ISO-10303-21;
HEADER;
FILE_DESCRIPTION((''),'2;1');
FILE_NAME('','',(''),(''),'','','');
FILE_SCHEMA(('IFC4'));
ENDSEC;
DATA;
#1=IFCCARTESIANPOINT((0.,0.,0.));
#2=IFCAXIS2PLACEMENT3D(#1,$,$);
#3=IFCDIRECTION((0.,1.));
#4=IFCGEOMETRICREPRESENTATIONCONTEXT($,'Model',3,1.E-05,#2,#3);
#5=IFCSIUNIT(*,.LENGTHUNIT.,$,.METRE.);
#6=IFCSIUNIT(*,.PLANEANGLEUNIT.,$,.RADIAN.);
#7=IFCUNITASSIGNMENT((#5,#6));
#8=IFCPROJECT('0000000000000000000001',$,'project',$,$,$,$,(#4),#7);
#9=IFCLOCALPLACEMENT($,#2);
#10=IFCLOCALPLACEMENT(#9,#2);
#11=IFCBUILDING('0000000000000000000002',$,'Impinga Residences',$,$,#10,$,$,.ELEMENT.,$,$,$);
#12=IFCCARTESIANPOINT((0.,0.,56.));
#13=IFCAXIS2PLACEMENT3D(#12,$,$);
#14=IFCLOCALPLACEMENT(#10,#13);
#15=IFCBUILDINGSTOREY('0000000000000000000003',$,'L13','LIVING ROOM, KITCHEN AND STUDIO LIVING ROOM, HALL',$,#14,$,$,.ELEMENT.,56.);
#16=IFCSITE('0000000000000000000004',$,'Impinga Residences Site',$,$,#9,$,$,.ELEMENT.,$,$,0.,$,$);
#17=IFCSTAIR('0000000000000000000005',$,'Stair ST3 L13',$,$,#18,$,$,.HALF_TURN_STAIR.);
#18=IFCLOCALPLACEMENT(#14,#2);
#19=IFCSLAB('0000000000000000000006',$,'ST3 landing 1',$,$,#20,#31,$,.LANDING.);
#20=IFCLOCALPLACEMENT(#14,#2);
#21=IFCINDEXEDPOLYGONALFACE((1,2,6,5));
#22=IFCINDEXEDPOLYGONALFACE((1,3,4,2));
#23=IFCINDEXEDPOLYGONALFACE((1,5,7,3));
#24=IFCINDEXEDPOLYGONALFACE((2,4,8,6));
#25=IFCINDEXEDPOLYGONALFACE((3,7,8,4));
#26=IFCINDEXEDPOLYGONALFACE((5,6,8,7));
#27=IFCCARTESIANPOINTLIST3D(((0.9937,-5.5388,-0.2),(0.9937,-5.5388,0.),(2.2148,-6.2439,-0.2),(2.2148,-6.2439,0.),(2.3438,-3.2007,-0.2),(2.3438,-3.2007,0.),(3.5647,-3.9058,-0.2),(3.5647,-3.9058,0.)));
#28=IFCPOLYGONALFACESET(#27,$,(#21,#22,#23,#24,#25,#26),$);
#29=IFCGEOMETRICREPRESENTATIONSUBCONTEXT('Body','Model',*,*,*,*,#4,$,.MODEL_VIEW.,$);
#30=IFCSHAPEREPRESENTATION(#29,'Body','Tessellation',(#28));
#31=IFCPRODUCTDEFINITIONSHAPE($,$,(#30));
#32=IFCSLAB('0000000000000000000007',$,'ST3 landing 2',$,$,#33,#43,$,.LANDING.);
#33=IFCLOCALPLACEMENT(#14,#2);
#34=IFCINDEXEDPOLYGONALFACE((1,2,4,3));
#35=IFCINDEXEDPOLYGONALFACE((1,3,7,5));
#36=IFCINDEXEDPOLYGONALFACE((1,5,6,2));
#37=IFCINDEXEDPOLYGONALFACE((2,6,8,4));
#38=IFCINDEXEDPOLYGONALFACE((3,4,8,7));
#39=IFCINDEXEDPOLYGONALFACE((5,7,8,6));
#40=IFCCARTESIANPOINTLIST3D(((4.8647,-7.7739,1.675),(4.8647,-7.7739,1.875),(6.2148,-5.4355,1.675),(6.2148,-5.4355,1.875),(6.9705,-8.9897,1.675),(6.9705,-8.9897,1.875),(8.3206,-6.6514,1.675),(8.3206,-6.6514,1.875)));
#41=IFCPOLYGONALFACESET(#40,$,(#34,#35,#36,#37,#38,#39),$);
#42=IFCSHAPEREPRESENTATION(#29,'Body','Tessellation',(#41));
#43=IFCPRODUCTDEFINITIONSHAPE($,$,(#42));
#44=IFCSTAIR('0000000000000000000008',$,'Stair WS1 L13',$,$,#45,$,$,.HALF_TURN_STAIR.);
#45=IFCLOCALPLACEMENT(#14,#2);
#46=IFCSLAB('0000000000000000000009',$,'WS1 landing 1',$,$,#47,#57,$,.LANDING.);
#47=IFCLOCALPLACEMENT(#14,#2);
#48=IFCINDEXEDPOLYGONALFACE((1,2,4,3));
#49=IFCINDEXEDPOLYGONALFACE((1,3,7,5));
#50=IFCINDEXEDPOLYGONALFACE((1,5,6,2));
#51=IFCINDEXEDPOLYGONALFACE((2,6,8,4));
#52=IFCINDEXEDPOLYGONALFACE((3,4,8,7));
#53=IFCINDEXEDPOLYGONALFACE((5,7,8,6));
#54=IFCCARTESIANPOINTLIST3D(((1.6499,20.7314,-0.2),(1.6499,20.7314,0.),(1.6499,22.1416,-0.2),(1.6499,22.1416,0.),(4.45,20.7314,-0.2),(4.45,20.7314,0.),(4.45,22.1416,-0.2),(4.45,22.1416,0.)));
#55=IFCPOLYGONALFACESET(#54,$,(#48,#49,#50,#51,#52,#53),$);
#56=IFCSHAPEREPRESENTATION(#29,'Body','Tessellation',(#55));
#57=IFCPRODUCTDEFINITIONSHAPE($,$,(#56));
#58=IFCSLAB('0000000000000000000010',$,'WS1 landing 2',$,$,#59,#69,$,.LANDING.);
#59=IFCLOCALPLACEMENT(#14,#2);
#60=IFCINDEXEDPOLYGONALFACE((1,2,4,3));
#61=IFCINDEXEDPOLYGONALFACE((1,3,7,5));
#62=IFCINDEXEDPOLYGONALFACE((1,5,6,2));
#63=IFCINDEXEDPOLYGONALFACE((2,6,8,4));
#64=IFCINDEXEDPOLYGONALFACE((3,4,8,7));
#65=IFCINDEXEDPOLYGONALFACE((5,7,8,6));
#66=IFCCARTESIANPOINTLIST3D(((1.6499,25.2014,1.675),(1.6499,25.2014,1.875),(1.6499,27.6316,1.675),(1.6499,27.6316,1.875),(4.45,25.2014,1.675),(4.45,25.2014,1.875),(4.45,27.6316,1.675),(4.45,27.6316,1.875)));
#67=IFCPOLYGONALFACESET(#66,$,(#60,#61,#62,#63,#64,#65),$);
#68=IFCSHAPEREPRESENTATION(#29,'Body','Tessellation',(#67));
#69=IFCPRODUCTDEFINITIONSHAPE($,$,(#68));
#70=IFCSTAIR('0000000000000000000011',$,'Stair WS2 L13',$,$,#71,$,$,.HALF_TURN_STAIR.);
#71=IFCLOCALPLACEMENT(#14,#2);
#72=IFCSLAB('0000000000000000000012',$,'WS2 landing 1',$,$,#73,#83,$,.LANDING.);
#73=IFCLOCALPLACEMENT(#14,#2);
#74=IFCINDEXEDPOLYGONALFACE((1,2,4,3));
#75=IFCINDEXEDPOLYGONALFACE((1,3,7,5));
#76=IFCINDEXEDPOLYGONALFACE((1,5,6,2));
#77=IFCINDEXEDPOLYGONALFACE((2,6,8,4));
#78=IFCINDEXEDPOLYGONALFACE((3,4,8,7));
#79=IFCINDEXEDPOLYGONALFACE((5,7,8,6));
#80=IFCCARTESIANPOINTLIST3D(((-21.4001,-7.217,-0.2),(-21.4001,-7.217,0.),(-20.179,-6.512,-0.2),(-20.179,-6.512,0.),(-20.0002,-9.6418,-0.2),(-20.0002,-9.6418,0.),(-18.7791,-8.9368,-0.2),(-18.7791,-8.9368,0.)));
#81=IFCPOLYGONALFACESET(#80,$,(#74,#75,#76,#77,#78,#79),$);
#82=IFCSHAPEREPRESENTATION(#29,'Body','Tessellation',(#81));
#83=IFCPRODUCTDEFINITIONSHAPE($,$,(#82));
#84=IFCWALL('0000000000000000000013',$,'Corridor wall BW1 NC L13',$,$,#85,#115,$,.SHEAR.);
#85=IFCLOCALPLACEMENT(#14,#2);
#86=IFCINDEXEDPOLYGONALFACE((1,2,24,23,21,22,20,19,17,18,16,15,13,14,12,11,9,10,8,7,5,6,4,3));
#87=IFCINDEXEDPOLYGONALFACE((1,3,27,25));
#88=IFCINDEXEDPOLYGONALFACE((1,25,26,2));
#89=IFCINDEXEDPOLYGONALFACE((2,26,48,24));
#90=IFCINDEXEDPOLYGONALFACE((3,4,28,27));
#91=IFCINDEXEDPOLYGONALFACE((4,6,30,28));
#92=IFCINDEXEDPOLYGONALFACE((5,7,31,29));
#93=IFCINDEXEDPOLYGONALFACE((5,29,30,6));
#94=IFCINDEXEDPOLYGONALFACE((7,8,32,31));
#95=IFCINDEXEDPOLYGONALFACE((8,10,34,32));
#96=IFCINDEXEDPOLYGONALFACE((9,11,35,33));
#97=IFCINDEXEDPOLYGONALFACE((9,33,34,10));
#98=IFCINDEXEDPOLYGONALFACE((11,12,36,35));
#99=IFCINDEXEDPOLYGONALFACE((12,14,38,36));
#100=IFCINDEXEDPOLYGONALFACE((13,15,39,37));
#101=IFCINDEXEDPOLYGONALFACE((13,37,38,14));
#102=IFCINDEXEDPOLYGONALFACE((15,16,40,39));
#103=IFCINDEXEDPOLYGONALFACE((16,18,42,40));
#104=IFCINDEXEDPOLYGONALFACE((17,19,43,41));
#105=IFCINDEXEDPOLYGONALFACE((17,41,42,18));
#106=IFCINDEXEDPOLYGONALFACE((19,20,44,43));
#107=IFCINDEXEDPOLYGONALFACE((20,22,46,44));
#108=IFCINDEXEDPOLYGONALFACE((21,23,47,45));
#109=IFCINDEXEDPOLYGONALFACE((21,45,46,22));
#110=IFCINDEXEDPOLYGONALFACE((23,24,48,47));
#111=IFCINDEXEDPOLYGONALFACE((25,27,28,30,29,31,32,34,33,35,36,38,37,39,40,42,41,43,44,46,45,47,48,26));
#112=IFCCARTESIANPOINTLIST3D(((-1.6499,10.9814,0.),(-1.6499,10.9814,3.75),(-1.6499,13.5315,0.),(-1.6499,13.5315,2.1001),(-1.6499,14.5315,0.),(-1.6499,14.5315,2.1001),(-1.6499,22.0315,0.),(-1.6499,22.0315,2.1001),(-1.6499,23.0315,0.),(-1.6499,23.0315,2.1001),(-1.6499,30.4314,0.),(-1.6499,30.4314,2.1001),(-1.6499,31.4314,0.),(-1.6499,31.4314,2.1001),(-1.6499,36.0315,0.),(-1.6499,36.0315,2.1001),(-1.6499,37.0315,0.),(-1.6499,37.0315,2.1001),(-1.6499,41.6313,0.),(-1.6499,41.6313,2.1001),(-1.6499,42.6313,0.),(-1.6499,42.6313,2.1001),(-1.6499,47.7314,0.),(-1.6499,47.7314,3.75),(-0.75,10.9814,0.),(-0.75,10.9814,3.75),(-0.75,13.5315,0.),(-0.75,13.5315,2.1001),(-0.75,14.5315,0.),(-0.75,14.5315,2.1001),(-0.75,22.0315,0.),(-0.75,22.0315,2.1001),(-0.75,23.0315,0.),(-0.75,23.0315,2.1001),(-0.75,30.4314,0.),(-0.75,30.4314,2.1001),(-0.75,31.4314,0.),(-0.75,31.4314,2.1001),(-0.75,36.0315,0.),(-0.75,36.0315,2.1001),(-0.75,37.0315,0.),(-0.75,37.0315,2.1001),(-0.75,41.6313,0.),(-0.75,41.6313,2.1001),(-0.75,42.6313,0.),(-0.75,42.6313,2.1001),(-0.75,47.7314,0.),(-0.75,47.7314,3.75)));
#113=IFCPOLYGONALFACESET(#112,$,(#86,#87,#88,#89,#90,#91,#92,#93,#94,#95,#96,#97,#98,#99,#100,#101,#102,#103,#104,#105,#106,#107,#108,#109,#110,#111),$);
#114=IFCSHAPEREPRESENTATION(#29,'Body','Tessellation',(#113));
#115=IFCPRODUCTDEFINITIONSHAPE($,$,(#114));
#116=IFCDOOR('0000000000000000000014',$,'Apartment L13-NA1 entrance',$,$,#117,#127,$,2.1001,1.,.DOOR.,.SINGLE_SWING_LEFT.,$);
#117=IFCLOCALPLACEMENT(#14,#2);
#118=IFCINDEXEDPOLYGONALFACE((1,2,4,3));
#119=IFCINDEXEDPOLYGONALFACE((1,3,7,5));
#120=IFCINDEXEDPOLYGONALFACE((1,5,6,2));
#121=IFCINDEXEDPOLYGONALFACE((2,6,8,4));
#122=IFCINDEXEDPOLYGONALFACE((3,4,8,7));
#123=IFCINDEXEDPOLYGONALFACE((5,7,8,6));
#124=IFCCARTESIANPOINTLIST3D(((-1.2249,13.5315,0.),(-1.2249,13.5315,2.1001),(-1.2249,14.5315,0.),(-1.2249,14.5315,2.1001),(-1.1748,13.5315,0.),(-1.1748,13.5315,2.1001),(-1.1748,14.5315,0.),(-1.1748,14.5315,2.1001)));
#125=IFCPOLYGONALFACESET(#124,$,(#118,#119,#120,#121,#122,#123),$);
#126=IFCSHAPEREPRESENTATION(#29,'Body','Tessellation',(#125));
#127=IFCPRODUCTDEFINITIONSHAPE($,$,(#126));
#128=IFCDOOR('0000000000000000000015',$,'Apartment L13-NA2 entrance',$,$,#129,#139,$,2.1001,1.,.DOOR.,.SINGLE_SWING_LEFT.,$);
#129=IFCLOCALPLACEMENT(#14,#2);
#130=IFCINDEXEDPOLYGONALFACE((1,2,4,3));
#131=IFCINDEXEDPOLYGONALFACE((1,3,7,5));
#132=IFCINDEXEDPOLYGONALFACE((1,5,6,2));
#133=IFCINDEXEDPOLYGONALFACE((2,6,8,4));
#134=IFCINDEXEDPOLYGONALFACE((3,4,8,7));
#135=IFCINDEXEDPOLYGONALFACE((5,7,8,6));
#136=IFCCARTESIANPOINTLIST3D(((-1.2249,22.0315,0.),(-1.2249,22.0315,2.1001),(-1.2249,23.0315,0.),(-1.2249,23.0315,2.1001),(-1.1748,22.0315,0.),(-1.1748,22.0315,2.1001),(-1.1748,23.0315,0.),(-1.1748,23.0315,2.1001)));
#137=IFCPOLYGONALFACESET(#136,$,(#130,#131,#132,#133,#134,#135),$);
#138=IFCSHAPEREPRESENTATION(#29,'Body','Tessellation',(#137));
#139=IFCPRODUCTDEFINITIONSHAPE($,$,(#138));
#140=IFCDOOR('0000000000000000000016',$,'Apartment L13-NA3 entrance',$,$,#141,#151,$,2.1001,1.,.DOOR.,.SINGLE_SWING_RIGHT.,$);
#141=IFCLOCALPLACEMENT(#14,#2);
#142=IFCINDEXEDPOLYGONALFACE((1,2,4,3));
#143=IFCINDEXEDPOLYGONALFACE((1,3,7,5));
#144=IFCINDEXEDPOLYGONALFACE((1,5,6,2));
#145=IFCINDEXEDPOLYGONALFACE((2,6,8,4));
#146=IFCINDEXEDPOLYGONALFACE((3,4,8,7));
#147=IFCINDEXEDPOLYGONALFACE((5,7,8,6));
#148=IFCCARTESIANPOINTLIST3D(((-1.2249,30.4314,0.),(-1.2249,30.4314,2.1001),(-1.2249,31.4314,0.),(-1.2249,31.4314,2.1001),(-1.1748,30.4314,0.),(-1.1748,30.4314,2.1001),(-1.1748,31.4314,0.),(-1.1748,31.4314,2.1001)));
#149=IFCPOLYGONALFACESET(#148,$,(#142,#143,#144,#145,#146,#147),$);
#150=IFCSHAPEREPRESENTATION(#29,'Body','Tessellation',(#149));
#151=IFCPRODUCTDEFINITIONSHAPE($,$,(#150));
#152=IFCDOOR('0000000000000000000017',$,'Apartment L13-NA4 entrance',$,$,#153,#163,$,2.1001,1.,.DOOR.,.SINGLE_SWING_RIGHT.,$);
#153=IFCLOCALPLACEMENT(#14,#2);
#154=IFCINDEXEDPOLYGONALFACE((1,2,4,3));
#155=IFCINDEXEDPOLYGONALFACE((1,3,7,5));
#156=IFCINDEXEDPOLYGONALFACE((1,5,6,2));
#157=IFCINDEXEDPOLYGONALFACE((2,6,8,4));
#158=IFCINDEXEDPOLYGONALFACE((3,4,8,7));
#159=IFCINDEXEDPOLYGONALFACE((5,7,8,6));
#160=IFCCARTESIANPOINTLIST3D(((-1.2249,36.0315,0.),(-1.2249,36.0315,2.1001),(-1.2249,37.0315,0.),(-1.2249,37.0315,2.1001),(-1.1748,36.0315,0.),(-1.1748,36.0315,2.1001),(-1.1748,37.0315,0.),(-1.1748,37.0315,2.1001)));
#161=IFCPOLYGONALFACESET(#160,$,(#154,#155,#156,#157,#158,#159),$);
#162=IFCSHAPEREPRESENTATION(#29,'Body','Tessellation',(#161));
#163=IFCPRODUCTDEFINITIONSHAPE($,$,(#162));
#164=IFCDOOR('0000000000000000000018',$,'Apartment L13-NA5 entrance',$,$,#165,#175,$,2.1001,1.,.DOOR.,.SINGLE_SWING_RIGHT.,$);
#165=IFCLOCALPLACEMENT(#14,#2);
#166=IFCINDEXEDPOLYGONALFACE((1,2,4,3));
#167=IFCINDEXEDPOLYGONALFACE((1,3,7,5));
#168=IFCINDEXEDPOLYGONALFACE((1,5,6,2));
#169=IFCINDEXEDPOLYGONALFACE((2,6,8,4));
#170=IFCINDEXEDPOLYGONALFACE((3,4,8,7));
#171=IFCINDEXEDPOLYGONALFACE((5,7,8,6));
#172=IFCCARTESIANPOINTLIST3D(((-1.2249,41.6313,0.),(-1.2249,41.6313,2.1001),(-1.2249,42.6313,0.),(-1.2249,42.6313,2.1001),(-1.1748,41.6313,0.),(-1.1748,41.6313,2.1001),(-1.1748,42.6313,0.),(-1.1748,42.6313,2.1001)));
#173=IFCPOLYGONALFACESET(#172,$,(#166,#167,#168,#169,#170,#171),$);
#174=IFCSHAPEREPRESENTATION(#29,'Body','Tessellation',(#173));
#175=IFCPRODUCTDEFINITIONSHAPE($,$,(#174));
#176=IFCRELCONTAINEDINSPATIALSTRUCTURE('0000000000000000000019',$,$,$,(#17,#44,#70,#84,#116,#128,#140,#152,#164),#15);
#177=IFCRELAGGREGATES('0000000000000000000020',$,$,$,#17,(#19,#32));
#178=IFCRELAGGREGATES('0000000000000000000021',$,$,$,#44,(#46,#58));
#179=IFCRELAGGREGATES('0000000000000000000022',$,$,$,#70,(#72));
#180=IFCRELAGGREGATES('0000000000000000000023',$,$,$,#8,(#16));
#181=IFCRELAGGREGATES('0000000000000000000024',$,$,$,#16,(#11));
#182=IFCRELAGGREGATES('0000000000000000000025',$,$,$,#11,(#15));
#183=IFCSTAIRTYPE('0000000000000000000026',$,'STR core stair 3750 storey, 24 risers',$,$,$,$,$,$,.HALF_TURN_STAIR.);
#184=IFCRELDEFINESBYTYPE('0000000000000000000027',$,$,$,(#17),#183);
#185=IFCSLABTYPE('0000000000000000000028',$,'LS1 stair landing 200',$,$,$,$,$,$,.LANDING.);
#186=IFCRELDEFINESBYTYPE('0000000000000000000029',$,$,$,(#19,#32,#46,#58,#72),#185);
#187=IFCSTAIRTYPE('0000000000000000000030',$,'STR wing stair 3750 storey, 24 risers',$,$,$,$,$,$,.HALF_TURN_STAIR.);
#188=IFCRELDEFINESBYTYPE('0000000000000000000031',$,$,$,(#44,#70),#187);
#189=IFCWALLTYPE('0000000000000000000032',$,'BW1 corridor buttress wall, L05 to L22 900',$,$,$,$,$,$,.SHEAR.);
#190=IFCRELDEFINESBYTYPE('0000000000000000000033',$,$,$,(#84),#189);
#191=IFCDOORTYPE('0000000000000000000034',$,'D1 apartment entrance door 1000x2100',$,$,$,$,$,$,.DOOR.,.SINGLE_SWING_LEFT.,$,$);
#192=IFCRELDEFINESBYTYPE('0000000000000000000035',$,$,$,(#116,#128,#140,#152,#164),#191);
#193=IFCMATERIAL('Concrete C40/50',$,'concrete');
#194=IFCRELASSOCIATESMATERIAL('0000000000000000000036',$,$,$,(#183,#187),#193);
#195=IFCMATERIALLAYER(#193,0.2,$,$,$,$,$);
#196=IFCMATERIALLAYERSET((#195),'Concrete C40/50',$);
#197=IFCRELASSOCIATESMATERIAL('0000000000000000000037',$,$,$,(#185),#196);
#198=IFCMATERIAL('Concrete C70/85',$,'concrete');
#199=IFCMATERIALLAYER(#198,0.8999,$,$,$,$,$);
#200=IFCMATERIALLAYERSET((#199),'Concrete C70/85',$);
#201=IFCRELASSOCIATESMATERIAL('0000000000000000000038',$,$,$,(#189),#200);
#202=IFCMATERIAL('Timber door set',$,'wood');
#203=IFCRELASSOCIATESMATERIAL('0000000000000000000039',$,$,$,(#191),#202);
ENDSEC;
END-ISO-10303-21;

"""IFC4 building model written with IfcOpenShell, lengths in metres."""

from ifc_helpers import new_model, si_unit, direction, frame, frame_2d, origin, place, context, subcontext, project, spatial, polyline, rectangle, outline, extrude, material, layer, layer_set, type_object, element, fill, aggregate, save


model = new_model("IFC4")

# Units and contexts
model_context = context("Model", 3, precision=1e-05, world=origin(), true_north=direction((0.0, 1.0)))
body_context = subcontext(model_context, "Body", "Model", "MODEL_VIEW")
ifc_project = project(units=[si_unit("LENGTHUNIT", "METRE"), si_unit("PLANEANGLEUNIT", "RADIAN")], contexts=[model_context])

# Site, building, storey
site_placement = place(None, origin())
site = spatial("IfcSite", under=ifc_project, at=site_placement, Name="Impinga Residences Site", CompositionType="ELEMENT", RefElevation=0.0)
building_placement = place(site_placement, origin())
building = spatial("IfcBuilding", under=site, at=building_placement, Name="Impinga Residences", CompositionType="ELEMENT")
storey_placement = place(building_placement, frame((0.0, 0.0, 56.0)))
storey = spatial("IfcBuildingStorey", under=building, at=storey_placement, Name="L13", Description="LIVING ROOM, KITCHEN AND STUDIO LIVING ROOM, HALL", CompositionType="ELEMENT", Elevation=56.0)

# Stairs, slabs
ifc_material_1 = material(Name="Concrete C40/50", Category="concrete")
stair_type_1 = type_object("IfcStairType", Name="STR core stair 3750 storey, 24 risers", PredefinedType="HALF_TURN_STAIR", material=ifc_material_1)
stair_1_placement = place(storey_placement, origin())
stair_1 = element("IfcStair", 1, at=stair_1_placement, inside=storey, type_object=stair_type_1, Name="Stair ST3 L13", PredefinedType="HALF_TURN_STAIR")
ifc_layer_1 = layer(ifc_material_1, 0.2)
ifc_layer_set_1 = layer_set([ifc_layer_1], Name="Concrete C40/50")
slab_type = type_object("IfcSlabType", Name="LS1 stair landing 200", PredefinedType="LANDING", material=ifc_layer_set_1)
slab_1_placement = place(storey_placement, frame((0.0, 0.0, -0.2)))
slab_1 = element("IfcSlab", 2, at=slab_1_placement, type_object=slab_type, Name="ST3 landing 1", PredefinedType="LANDING", context=body_context, shape_type="SweptSolid", body=[
    extrude(outline(polyline([(2.3438, -3.2007), (0.9937, -5.5388), (2.2148, -6.2439), (3.5647, -3.9058), (2.3438, -3.2007)])), origin(), (0.0, 0.0, 1.0), 0.2),
])
slab_2_placement = place(storey_placement, frame((0.0, 0.0, 1.675)))
slab_2 = element("IfcSlab", 3, at=slab_2_placement, type_object=slab_type, Name="ST3 landing 2", PredefinedType="LANDING", context=body_context, shape_type="SweptSolid", body=[
    extrude(outline(polyline([(6.2148, -5.4355), (4.8647, -7.7739), (6.9705, -8.9897), (8.3206, -6.6514), (6.2148, -5.4355)])), origin(), (0.0, 0.0, 1.0), 0.2),
])
aggregate(stair_1, [slab_1, slab_2])
stair_type_2 = type_object("IfcStairType", Name="STR wing stair 3750 storey, 24 risers", PredefinedType="HALF_TURN_STAIR", material=ifc_material_1)
stair_2_placement = place(storey_placement, origin())
stair_2 = element("IfcStair", 4, at=stair_2_placement, inside=storey, type_object=stair_type_2, Name="Stair WS1 L13", PredefinedType="HALF_TURN_STAIR")
slab_3_placement = place(storey_placement, frame((0.0, 0.0, -0.2)))
slab_3 = element("IfcSlab", 5, at=slab_3_placement, type_object=slab_type, Name="WS1 landing 1", PredefinedType="LANDING", context=body_context, shape_type="SweptSolid", body=[
    extrude(outline(polyline([(1.6499, 20.7314), (4.45, 20.7314), (4.45, 22.1416), (1.6499, 22.1416), (1.6499, 20.7314)])), origin(), (0.0, 0.0, 1.0), 0.2),
])
slab_4_placement = place(storey_placement, frame((0.0, 0.0, 1.675)))
slab_4 = element("IfcSlab", 6, at=slab_4_placement, type_object=slab_type, Name="WS1 landing 2", PredefinedType="LANDING", context=body_context, shape_type="SweptSolid", body=[
    extrude(outline(polyline([(1.6499, 25.2014), (4.45, 25.2014), (4.45, 27.6316), (1.6499, 27.6316), (1.6499, 25.2014)])), origin(), (0.0, 0.0, 1.0), 0.2),
])
aggregate(stair_2, [slab_3, slab_4])

# Stair, slab
stair_3_placement = place(storey_placement, origin())
stair_3 = element("IfcStair", 7, at=stair_3_placement, inside=storey, type_object=stair_type_2, Name="Stair WS2 L13", PredefinedType="HALF_TURN_STAIR")
slab_5_placement = place(storey_placement, frame((0.0, 0.0, -0.2)))
slab_5 = element("IfcSlab", 8, at=slab_5_placement, type_object=slab_type, Name="WS2 landing 1", PredefinedType="LANDING", context=body_context, shape_type="SweptSolid", body=[
    extrude(outline(polyline([(-18.7791, -8.9368), (-20.179, -6.512), (-21.4001, -7.217), (-20.0002, -9.6418), (-18.7791, -8.9368)])), origin(), (0.0, 0.0, 1.0), 0.2),
])
aggregate(stair_3, [slab_5])

# Wall, openings, doors
ifc_material_2 = material(Name="Concrete C70/85", Category="concrete")
ifc_layer_2 = layer(ifc_material_2, 0.8999)
ifc_layer_set_2 = layer_set([ifc_layer_2], Name="Concrete C70/85")
wall_type_1 = type_object("IfcWallType", Name="BW1 corridor buttress wall, L05 to L22 900", PredefinedType="SHEAR", material=ifc_layer_set_2)
wall_1_placement = place(storey_placement, frame((-1.2, 10.9814, 0.0), z_axis=(0.0, 0.0, 1.0), x_axis=(0.0, 1.0, 0.0)))
wall_1 = element("IfcWall", 9, at=wall_1_placement, inside=storey, type_object=wall_type_1, Name="Corridor wall BW1 NC L13", PredefinedType="SHEAR", context=body_context, shape_type="SweptSolid", body=[
    extrude(rectangle(XDim=36.75, YDim=0.8999, at=frame_2d((18.375, 0.0))), origin(), (0.0, 0.0, 1.0), 3.75),
])
opening_1_placement = place(wall_1_placement, frame((2.55, 0.0, 0.0)))
opening_1 = element("IfcOpeningElement", 10, at=opening_1_placement, cuts=wall_1, PredefinedType="OPENING", context=body_context, shape_type="SweptSolid", body=[
    extrude(rectangle(XDim=1.0, YDim=2.1001, at=frame_2d((0.5, 1.05))), frame((0.0, 0.46, 0.0), z_axis=(0.0, -1.0, 0.0), x_axis=(1.0, 0.0, 0.0)), (0.0, 0.0, 1.0), 0.9199),
])
opening_2_placement = place(wall_1_placement, frame((11.05, 0.0, 0.0)))
opening_2 = element("IfcOpeningElement", 11, at=opening_2_placement, cuts=wall_1, PredefinedType="OPENING", context=body_context, shape_type="SweptSolid", body=[
    extrude(rectangle(XDim=1.0, YDim=2.1001, at=frame_2d((0.5, 1.05))), frame((0.0, 0.46, 0.0), z_axis=(0.0, -1.0, 0.0), x_axis=(1.0, 0.0, 0.0)), (0.0, 0.0, 1.0), 0.9199),
])
opening_3_placement = place(wall_1_placement, frame((19.45, 0.0, 0.0)))
opening_3 = element("IfcOpeningElement", 12, at=opening_3_placement, cuts=wall_1, PredefinedType="OPENING", context=body_context, shape_type="SweptSolid", body=[
    extrude(rectangle(XDim=1.0, YDim=2.1001, at=frame_2d((0.5, 1.05))), frame((0.0, 0.46, 0.0), z_axis=(0.0, -1.0, 0.0), x_axis=(1.0, 0.0, 0.0)), (0.0, 0.0, 1.0), 0.9199),
])
opening_4_placement = place(wall_1_placement, frame((25.05, 0.0, 0.0)))
opening_4 = element("IfcOpeningElement", 13, at=opening_4_placement, cuts=wall_1, PredefinedType="OPENING", context=body_context, shape_type="SweptSolid", body=[
    extrude(rectangle(XDim=1.0, YDim=2.1001, at=frame_2d((0.5, 1.05))), frame((0.0, 0.46, 0.0), z_axis=(0.0, -1.0, 0.0), x_axis=(1.0, 0.0, 0.0)), (0.0, 0.0, 1.0), 0.9199),
])
opening_5_placement = place(wall_1_placement, frame((30.6499, 0.0, 0.0)))
opening_5 = element("IfcOpeningElement", 14, at=opening_5_placement, cuts=wall_1, PredefinedType="OPENING", context=body_context, shape_type="SweptSolid", body=[
    extrude(rectangle(XDim=1.0, YDim=2.1001, at=frame_2d((0.5, 1.05))), frame((0.0, 0.46, 0.0), z_axis=(0.0, -1.0, 0.0), x_axis=(1.0, 0.0, 0.0)), (0.0, 0.0, 1.0), 0.9199),
])
ifc_material_3 = material(Name="Timber door set", Category="wood")
door_type_1 = type_object("IfcDoorType", Name="D1 apartment entrance door 1000x2100", OperationType="SINGLE_SWING_LEFT", PredefinedType="DOOR", material=ifc_material_3)
door_1_placement = place(opening_1_placement, origin())
door_1 = element("IfcDoor", 15, at=door_1_placement, inside=storey, type_object=door_type_1, Name="Apartment L13-NA1 entrance", OperationType="SINGLE_SWING_LEFT", OverallHeight=2.1001, OverallWidth=1.0, PredefinedType="DOOR", context=body_context, shape_type="SweptSolid", body=[
    extrude(rectangle(XDim=1.0, YDim=2.1001, at=frame_2d((0.5, 1.05))), frame((0.0, 0.0249, 0.0), z_axis=(0.0, -1.0, 0.0), x_axis=(1.0, 0.0, 0.0)), (0.0, 0.0, 1.0), 0.05),
])
fill(opening_1, door_1)
door_2_placement = place(opening_2_placement, origin())
door_2 = element("IfcDoor", 16, at=door_2_placement, inside=storey, type_object=door_type_1, Name="Apartment L13-NA2 entrance", OperationType="SINGLE_SWING_LEFT", OverallHeight=2.1001, OverallWidth=1.0, PredefinedType="DOOR", context=body_context, shape_type="SweptSolid", body=[
    extrude(rectangle(XDim=1.0, YDim=2.1001, at=frame_2d((0.5, 1.05))), frame((0.0, 0.0249, 0.0), z_axis=(0.0, -1.0, 0.0), x_axis=(1.0, 0.0, 0.0)), (0.0, 0.0, 1.0), 0.05),
])
fill(opening_2, door_2)
door_3_placement = place(opening_3_placement, origin())
door_3 = element("IfcDoor", 17, at=door_3_placement, inside=storey, type_object=door_type_1, Name="Apartment L13-NA3 entrance", OperationType="SINGLE_SWING_RIGHT", OverallHeight=2.1001, OverallWidth=1.0, PredefinedType="DOOR", context=body_context, shape_type="SweptSolid", body=[
    extrude(rectangle(XDim=1.0, YDim=2.1001, at=frame_2d((0.5, 1.05))), frame((0.0, 0.0249, 0.0), z_axis=(0.0, -1.0, 0.0), x_axis=(1.0, 0.0, 0.0)), (0.0, 0.0, 1.0), 0.05),
])
fill(opening_3, door_3)
door_4_placement = place(opening_4_placement, origin())
door_4 = element("IfcDoor", 18, at=door_4_placement, inside=storey, type_object=door_type_1, Name="Apartment L13-NA4 entrance", OperationType="SINGLE_SWING_RIGHT", OverallHeight=2.1001, OverallWidth=1.0, PredefinedType="DOOR", context=body_context, shape_type="SweptSolid", body=[
    extrude(rectangle(XDim=1.0, YDim=2.1001, at=frame_2d((0.5, 1.05))), frame((0.0, 0.0249, 0.0), z_axis=(0.0, -1.0, 0.0), x_axis=(1.0, 0.0, 0.0)), (0.0, 0.0, 1.0), 0.05),
])
fill(opening_4, door_4)
door_5_placement = place(opening_5_placement, origin())
door_5 = element("IfcDoor", 19, at=door_5_placement, inside=storey, type_object=door_type_1, Name="Apartment L13-NA5 entrance", OperationType="SINGLE_SWING_RIGHT", OverallHeight=2.1001, OverallWidth=1.0, PredefinedType="DOOR", context=body_context, shape_type="SweptSolid", body=[
    extrude(rectangle(XDim=1.0, YDim=2.1001, at=frame_2d((0.5, 1.05))), frame((0.0, 0.0249, 0.0), z_axis=(0.0, -1.0, 0.0), x_axis=(1.0, 0.0, 0.0)), (0.0, 0.0, 1.0), 0.05),
])
fill(opening_5, door_5)

save(model, "model.ifc")
